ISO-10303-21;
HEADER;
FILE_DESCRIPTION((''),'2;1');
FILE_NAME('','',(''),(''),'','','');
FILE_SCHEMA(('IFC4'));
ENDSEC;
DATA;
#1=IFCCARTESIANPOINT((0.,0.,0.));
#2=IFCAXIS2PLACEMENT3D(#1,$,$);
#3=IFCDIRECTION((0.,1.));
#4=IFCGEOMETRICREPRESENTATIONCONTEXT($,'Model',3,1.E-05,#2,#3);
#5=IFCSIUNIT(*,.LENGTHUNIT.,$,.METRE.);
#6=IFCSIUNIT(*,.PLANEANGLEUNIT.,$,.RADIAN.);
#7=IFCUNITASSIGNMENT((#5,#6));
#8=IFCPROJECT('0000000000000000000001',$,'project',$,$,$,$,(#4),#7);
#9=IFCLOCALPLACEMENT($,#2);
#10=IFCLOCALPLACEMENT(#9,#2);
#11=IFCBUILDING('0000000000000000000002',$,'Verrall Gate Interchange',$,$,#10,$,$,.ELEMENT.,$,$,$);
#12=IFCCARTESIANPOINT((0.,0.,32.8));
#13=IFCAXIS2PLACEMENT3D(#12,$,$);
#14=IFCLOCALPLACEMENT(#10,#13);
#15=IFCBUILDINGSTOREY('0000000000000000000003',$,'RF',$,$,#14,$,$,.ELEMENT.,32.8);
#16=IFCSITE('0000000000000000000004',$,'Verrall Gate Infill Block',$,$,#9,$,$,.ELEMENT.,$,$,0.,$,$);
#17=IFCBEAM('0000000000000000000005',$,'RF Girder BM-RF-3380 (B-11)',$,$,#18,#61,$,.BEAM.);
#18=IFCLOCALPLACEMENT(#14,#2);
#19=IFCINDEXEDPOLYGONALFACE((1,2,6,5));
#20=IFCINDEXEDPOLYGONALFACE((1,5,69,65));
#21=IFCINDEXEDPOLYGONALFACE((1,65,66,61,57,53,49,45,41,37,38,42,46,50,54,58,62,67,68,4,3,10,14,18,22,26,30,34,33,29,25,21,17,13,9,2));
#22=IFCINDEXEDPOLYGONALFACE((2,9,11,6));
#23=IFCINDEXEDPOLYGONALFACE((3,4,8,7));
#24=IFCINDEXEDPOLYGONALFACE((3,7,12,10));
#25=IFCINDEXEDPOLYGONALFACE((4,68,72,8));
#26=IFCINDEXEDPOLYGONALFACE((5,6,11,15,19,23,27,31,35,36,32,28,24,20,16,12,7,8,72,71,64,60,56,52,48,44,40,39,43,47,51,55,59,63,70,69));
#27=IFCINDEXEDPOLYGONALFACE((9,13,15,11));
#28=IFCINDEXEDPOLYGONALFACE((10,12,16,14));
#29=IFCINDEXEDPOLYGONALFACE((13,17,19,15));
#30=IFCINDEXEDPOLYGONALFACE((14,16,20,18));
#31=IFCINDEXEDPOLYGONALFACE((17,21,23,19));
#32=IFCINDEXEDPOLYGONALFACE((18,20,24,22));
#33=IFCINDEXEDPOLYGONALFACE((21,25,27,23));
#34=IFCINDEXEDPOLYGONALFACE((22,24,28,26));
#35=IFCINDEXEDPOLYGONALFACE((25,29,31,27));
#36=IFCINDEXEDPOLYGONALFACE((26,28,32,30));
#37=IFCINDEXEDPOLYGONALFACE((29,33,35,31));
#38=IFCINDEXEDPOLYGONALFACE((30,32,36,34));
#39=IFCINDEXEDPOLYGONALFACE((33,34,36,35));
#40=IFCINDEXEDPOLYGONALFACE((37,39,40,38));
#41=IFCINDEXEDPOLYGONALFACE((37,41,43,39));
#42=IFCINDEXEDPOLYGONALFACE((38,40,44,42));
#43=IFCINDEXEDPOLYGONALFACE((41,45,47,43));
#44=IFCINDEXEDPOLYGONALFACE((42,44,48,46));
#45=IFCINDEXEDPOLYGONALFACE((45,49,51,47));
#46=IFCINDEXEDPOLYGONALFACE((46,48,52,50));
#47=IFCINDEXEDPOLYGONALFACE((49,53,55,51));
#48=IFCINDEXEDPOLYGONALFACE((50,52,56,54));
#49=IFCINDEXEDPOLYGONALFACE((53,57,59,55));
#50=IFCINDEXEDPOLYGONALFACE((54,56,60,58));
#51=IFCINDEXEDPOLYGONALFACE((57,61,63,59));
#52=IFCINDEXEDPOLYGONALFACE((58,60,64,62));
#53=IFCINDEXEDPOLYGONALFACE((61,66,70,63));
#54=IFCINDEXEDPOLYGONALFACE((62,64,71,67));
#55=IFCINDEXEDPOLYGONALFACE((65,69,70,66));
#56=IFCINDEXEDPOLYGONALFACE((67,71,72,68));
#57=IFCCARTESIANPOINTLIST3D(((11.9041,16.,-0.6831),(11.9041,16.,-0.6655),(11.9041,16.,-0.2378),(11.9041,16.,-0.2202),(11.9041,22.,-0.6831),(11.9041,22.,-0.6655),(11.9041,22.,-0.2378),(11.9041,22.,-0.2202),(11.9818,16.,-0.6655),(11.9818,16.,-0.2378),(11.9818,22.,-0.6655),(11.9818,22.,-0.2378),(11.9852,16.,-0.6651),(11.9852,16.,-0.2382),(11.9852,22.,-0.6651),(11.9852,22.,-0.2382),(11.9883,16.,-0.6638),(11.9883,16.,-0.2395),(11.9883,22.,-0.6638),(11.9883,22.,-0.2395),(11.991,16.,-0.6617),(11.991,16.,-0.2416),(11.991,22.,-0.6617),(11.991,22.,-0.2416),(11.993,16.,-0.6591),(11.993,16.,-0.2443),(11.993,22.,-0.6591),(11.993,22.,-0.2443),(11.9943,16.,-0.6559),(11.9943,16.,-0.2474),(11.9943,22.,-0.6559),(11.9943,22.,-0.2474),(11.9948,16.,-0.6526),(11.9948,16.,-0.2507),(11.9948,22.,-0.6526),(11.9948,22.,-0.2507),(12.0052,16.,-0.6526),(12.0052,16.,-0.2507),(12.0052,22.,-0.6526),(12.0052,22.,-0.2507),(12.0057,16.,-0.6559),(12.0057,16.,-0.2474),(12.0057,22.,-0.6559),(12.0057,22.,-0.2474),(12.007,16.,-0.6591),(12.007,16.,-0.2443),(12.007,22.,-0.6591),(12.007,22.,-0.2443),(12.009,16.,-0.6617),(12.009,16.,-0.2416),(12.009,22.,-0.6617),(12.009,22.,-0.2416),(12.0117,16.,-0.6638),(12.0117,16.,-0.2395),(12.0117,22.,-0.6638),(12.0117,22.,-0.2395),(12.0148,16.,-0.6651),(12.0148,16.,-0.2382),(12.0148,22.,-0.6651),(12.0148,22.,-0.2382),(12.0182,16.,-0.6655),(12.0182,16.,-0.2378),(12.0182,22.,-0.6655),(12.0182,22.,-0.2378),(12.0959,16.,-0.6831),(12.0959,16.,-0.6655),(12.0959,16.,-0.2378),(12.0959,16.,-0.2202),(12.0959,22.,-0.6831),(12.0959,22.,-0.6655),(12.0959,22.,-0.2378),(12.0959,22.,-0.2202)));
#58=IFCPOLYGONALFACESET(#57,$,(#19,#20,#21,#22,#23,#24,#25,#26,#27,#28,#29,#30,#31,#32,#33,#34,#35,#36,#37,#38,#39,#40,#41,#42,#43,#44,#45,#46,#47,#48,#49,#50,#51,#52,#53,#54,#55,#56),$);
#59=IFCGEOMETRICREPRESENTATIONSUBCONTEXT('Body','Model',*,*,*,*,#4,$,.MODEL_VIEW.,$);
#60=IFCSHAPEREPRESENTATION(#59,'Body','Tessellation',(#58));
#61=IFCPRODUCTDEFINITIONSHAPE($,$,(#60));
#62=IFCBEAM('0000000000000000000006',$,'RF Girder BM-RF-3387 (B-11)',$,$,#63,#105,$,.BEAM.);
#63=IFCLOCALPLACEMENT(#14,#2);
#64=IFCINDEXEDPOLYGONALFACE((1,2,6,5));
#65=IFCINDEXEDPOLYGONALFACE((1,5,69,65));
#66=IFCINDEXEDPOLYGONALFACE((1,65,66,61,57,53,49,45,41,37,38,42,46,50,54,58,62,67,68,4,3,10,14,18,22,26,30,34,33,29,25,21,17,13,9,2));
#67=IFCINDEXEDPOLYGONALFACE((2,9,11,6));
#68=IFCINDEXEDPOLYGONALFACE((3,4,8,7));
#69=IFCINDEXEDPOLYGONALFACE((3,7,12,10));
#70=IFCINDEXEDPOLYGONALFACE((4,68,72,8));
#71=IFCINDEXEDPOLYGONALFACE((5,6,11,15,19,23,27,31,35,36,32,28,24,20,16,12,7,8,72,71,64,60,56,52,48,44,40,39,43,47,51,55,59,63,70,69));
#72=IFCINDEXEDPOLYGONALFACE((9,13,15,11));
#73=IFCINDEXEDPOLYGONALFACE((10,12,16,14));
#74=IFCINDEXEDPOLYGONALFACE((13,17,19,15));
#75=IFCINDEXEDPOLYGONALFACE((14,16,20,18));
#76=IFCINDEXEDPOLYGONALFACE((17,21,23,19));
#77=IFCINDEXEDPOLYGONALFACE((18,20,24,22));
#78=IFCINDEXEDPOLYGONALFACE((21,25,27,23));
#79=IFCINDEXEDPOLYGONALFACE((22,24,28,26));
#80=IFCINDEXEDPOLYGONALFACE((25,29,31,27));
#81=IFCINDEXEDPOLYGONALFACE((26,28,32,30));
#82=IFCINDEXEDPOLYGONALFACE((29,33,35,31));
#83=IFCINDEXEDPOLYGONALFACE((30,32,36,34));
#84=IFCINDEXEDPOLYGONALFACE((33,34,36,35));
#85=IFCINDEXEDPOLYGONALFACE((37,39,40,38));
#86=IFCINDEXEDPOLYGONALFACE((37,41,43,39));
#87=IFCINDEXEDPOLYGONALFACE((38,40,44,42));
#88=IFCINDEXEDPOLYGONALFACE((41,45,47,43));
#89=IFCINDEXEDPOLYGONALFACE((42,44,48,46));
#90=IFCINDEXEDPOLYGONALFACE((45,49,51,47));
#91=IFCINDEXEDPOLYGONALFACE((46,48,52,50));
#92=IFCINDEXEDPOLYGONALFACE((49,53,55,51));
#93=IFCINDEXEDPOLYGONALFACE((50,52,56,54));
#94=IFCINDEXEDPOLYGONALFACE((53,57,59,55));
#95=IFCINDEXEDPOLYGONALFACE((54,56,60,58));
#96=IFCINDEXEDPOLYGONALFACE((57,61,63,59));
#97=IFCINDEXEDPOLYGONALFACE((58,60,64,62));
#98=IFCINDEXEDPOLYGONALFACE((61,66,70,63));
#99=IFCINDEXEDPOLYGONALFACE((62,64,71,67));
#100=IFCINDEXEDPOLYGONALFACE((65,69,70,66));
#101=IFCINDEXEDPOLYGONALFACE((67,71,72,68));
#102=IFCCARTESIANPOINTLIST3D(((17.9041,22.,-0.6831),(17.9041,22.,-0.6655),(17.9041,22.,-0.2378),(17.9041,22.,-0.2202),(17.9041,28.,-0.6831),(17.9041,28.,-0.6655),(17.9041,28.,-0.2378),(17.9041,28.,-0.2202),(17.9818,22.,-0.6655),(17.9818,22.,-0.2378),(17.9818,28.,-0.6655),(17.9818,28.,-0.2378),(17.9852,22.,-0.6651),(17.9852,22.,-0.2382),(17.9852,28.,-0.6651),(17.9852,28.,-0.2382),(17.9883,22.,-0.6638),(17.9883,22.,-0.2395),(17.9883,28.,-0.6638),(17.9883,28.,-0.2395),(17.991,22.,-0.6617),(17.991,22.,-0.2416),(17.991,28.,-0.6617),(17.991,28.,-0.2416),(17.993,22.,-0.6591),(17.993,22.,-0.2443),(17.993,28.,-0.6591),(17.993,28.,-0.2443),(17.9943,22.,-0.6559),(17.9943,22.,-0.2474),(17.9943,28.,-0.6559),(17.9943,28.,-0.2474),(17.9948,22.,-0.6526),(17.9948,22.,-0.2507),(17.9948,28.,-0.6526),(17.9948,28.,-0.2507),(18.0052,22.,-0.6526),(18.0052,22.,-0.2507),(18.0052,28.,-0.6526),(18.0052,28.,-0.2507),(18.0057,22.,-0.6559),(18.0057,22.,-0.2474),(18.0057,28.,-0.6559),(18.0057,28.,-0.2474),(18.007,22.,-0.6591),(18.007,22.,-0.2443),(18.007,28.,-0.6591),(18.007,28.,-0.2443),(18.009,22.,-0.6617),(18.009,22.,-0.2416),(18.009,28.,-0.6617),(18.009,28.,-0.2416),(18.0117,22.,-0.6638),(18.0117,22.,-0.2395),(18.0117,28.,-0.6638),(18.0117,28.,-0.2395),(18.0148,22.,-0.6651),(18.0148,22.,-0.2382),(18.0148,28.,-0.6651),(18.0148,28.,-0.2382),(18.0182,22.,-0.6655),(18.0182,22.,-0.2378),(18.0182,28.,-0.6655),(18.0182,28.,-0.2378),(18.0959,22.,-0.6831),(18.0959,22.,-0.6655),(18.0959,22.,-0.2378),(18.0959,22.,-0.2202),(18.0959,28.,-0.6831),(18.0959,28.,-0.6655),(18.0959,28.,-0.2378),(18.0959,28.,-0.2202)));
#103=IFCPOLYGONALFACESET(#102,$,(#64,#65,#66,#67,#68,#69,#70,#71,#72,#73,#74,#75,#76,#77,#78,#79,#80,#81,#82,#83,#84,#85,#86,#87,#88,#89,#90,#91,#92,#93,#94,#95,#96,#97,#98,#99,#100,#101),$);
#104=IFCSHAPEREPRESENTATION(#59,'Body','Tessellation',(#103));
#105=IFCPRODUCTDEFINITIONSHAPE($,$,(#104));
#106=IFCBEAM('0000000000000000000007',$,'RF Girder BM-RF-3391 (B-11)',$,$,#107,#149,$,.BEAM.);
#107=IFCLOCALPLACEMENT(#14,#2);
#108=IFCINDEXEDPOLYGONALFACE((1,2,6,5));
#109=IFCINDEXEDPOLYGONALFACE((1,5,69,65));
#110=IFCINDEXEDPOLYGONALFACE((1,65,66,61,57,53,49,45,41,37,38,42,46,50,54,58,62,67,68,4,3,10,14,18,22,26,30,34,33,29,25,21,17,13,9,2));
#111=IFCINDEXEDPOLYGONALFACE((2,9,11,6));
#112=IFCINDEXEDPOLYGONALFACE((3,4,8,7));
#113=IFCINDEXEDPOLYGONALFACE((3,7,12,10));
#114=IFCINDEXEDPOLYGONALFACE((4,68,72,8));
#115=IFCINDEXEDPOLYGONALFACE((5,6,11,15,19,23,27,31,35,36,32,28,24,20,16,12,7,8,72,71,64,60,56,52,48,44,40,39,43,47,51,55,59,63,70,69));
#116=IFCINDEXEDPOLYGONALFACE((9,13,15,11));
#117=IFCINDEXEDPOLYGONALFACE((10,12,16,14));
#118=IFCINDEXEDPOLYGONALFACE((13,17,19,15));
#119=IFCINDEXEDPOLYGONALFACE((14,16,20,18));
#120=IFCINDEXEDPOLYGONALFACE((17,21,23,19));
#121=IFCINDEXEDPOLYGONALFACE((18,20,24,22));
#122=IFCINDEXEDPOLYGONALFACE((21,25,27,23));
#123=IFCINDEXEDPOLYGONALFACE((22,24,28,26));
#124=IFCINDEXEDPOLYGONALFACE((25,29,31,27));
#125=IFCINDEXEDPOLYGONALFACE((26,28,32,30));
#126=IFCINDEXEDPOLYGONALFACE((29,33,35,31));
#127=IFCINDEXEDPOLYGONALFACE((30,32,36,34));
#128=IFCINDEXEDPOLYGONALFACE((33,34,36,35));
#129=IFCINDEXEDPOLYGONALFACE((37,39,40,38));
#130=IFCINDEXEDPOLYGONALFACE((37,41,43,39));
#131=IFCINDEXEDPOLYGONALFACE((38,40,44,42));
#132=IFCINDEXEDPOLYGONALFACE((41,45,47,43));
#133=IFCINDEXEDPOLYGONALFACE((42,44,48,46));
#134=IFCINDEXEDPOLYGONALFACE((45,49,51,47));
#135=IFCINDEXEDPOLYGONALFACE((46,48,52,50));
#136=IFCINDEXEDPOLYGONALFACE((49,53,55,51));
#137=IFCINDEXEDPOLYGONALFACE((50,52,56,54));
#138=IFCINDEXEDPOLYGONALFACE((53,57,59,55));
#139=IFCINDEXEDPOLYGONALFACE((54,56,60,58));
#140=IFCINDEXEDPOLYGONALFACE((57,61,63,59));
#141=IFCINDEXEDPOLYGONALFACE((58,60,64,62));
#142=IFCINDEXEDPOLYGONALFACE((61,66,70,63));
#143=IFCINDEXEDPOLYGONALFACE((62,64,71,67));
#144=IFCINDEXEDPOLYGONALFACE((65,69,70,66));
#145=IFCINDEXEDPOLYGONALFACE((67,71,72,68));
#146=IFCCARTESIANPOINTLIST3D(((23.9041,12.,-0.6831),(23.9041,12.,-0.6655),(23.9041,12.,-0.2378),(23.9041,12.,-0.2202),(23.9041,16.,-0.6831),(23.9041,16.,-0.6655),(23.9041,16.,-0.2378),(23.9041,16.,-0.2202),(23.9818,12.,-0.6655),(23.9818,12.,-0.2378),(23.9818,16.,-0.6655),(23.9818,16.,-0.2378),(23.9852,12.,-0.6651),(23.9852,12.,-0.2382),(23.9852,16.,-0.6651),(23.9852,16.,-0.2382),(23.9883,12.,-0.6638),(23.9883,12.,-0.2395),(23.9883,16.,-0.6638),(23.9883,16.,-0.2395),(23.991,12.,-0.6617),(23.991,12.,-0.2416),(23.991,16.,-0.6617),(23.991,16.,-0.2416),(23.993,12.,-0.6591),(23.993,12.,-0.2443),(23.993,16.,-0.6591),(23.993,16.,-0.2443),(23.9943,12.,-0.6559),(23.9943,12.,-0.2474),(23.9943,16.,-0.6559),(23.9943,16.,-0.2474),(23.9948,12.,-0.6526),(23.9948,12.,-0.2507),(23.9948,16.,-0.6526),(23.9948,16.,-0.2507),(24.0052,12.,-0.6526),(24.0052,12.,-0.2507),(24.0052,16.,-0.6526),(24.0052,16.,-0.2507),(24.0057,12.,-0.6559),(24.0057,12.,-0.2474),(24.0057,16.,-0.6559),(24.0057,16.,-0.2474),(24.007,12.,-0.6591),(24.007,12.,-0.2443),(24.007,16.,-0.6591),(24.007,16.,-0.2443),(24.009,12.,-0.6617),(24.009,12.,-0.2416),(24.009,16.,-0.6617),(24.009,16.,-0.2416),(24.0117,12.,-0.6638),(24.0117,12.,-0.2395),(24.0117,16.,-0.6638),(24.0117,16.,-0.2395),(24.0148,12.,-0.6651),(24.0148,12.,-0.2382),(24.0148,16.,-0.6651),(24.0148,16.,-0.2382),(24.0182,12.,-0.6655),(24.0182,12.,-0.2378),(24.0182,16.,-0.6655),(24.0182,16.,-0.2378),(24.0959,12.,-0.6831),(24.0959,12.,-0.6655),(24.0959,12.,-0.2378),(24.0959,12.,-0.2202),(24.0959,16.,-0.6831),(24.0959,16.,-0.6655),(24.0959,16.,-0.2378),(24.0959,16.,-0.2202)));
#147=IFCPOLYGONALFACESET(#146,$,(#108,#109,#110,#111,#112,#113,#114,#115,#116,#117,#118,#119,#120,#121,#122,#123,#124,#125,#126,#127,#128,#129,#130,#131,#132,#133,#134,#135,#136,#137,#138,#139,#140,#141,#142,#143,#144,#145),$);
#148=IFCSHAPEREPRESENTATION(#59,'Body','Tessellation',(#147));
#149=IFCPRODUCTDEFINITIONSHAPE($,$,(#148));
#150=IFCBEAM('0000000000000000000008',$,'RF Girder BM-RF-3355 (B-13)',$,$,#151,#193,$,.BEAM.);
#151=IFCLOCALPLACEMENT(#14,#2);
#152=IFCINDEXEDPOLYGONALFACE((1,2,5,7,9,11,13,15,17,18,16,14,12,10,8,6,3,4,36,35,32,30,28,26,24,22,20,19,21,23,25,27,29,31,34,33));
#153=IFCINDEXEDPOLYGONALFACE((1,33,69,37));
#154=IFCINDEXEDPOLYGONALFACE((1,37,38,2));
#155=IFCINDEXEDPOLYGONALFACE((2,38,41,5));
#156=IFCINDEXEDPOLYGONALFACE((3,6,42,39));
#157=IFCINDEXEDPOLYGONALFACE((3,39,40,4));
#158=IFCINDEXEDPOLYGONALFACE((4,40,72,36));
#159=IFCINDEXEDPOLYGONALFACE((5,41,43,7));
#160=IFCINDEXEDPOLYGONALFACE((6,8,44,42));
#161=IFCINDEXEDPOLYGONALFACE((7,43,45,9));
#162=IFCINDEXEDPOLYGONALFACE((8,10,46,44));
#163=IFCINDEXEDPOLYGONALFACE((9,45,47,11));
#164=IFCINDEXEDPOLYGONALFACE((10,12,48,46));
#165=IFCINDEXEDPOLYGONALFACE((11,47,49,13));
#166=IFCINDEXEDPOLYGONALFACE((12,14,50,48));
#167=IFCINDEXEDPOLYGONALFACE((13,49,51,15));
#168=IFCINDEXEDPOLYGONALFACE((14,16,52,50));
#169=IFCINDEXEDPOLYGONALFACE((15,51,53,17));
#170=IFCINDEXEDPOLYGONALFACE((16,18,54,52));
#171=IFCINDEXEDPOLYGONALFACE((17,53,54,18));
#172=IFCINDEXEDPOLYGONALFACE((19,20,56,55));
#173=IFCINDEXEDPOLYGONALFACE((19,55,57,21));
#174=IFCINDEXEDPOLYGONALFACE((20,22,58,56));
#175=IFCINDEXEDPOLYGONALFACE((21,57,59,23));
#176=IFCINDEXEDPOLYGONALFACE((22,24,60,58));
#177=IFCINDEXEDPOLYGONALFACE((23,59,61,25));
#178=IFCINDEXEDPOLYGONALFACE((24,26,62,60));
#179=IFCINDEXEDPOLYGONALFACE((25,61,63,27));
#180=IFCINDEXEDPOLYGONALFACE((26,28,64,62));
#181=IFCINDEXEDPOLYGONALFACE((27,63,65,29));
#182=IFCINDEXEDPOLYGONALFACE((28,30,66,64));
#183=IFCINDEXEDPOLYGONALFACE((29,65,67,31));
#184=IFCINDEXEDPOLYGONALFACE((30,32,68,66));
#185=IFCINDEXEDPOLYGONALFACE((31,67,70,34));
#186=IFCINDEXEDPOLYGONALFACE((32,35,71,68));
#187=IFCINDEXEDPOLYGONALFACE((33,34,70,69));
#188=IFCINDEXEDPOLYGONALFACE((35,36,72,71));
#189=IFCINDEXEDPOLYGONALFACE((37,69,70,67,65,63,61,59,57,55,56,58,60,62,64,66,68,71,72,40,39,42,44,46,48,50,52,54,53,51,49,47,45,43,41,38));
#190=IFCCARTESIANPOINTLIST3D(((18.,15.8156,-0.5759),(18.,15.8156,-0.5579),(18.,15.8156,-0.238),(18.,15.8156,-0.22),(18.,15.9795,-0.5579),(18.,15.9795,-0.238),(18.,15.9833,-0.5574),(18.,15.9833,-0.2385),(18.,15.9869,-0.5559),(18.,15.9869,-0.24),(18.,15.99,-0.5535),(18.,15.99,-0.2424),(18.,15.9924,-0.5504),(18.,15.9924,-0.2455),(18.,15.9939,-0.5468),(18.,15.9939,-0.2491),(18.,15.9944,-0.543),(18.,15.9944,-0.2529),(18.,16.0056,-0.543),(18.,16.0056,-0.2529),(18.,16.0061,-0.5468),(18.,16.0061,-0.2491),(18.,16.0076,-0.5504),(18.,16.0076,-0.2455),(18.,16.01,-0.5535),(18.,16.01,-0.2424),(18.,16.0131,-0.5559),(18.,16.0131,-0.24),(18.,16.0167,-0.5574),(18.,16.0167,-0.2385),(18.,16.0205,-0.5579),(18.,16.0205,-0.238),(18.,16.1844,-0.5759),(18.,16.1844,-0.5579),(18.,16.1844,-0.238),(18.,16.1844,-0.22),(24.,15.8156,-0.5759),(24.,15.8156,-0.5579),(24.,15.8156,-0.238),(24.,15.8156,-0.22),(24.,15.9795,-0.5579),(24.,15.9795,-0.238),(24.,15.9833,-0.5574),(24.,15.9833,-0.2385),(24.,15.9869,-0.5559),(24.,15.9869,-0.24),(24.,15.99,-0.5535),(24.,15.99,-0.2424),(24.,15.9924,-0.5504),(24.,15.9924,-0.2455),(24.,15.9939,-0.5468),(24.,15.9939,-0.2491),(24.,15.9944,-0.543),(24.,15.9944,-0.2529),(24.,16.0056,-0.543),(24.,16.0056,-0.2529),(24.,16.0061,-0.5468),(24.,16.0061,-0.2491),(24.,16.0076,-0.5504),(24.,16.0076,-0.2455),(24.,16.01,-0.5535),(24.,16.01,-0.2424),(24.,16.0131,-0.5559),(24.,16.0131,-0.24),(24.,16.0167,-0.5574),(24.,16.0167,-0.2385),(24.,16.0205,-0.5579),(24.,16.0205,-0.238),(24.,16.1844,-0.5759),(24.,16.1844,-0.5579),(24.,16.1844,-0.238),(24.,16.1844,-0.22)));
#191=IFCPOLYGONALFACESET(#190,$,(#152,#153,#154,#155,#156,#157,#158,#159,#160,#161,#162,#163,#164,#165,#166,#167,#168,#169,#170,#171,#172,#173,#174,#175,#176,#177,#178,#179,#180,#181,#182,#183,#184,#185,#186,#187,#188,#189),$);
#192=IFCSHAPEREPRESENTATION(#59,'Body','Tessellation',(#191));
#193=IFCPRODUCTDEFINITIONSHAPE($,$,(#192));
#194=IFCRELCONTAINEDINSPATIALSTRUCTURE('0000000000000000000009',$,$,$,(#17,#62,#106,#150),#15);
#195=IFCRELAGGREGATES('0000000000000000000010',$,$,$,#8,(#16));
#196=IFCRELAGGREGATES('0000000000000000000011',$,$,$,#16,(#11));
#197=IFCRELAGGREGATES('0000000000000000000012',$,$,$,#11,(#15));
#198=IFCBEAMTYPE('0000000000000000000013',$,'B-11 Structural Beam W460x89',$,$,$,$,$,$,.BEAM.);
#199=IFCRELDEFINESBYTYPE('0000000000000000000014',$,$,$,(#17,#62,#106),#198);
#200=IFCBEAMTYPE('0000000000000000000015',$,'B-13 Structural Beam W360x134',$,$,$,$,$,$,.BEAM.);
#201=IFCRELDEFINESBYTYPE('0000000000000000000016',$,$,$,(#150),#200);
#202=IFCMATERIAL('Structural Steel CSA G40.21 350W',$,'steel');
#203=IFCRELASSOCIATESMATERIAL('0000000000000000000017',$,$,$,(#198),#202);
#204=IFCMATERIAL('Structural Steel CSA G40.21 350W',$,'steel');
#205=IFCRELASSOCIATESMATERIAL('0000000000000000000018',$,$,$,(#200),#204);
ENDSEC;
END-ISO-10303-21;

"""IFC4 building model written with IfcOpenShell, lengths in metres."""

from ifc_helpers import new_model, si_unit, direction, frame, origin, origin_2d, place, context, subcontext, project, spatial, i_section, extrude, material, material_profile, profile_set, type_object, element, save


model = new_model("IFC4")

# Units and contexts
model_context = context("Model", 3, precision=1e-05, world=origin(), true_north=direction((0.0, 1.0)))
body_context = subcontext(model_context, "Body", "Model", "MODEL_VIEW")
ifc_project = project(units=[si_unit("LENGTHUNIT", "METRE"), si_unit("PLANEANGLEUNIT", "RADIAN")], contexts=[model_context])

# Site, building, storey
site_placement = place(None, origin())
site = spatial("IfcSite", under=ifc_project, at=site_placement, Name="Verrall Gate Infill Block", CompositionType="ELEMENT", RefElevation=0.0)
building_placement = place(site_placement, origin())
building = spatial("IfcBuilding", under=site, at=building_placement, Name="Verrall Gate Interchange", CompositionType="ELEMENT")
storey_placement = place(building_placement, frame((0.0, 0.0, 32.8)))
storey = spatial("IfcBuildingStorey", under=building, at=storey_placement, Name="RF", CompositionType="ELEMENT", Elevation=32.8)

# Beams
ifc_material_1 = material(Name="Structural Steel CSA G40.21 350W", Category="steel")
ifc_material_profile_1 = material_profile(ifc_material_1, i_section(OverallWidth=0.1919, OverallDepth=0.4629, WebThickness=0.0105, FlangeThickness=0.0176, FilletRadius=0.0129, at=origin_2d()), Name="W460x89")
ifc_profile_set_1 = profile_set([ifc_material_profile_1], Name="Structural Steel CSA G40.21 350W")
beam_type_1 = type_object("IfcBeamType", Name="B-11 Structural Beam W460x89", PredefinedType="BEAM", material=ifc_profile_set_1)
for number, where, z_axis, x_axis, name in (
    (1, (12.0, 16.0, -0.4517), (0.0, 1.0, 0.0), (-1.0, 0.0, 0.0), "RF Girder BM-RF-3380 (B-11)"),
    (2, (18.0, 22.0, -0.4517), (0.0, 1.0, 0.0), (-1.0, 0.0, 0.0), "RF Girder BM-RF-3387 (B-11)"),
):
    element("IfcBeam", number, at=place(storey_placement, frame(where, z_axis=z_axis, x_axis=x_axis)), inside=storey, type_object=beam_type_1, Name=name, PredefinedType="BEAM", context=body_context, shape_type="SweptSolid", body=[
        extrude(i_section(OverallWidth=0.1919, OverallDepth=0.4629, WebThickness=0.0105, FlangeThickness=0.0176, FilletRadius=0.0129, at=origin_2d()), origin(), (0.0, 0.0, 1.0), 6.0),
    ])
beam_1_placement = place(storey_placement, frame((24.0, 12.0, -0.4517), z_axis=(0.0, 1.0, 0.0), x_axis=(-1.0, 0.0, 0.0)))
element("IfcBeam", 3, at=beam_1_placement, inside=storey, type_object=beam_type_1, Name="RF Girder BM-RF-3391 (B-11)", PredefinedType="BEAM", context=body_context, shape_type="SweptSolid", body=[
    extrude(i_section(OverallWidth=0.1919, OverallDepth=0.4629, WebThickness=0.0105, FlangeThickness=0.0176, FilletRadius=0.0129, at=origin_2d()), origin(), (0.0, 0.0, 1.0), 4.0),
])
ifc_material_2 = material(Name="Structural Steel CSA G40.21 350W", Category="steel")
ifc_material_profile_2 = material_profile(ifc_material_2, i_section(OverallWidth=0.3689, OverallDepth=0.356, WebThickness=0.0112, FlangeThickness=0.0181, FilletRadius=0.0149, at=origin_2d()), Name="W360x134")
ifc_profile_set_2 = profile_set([ifc_material_profile_2], Name="Structural Steel CSA G40.21 350W")
beam_type_2 = type_object("IfcBeamType", Name="B-13 Structural Beam W360x134", PredefinedType="BEAM", material=ifc_profile_set_2)
for number, where, z_axis, x_axis, name in (
    (4, (18.0, 16.0, -0.3979), (1.0, 0.0, 0.0), (0.0, 1.0, 0.0), "RF Girder BM-RF-3355 (B-13)"),
):
    element("IfcBeam", number, at=place(storey_placement, frame(where, z_axis=z_axis, x_axis=x_axis)), inside=storey, type_object=beam_type_2, Name=name, PredefinedType="BEAM", context=body_context, shape_type="SweptSolid", body=[
        extrude(i_section(OverallWidth=0.3689, OverallDepth=0.356, WebThickness=0.0112, FlangeThickness=0.0181, FilletRadius=0.0149, at=origin_2d()), origin(), (0.0, 0.0, 1.0), 6.0),
    ])

save(model, "model.ifc")
